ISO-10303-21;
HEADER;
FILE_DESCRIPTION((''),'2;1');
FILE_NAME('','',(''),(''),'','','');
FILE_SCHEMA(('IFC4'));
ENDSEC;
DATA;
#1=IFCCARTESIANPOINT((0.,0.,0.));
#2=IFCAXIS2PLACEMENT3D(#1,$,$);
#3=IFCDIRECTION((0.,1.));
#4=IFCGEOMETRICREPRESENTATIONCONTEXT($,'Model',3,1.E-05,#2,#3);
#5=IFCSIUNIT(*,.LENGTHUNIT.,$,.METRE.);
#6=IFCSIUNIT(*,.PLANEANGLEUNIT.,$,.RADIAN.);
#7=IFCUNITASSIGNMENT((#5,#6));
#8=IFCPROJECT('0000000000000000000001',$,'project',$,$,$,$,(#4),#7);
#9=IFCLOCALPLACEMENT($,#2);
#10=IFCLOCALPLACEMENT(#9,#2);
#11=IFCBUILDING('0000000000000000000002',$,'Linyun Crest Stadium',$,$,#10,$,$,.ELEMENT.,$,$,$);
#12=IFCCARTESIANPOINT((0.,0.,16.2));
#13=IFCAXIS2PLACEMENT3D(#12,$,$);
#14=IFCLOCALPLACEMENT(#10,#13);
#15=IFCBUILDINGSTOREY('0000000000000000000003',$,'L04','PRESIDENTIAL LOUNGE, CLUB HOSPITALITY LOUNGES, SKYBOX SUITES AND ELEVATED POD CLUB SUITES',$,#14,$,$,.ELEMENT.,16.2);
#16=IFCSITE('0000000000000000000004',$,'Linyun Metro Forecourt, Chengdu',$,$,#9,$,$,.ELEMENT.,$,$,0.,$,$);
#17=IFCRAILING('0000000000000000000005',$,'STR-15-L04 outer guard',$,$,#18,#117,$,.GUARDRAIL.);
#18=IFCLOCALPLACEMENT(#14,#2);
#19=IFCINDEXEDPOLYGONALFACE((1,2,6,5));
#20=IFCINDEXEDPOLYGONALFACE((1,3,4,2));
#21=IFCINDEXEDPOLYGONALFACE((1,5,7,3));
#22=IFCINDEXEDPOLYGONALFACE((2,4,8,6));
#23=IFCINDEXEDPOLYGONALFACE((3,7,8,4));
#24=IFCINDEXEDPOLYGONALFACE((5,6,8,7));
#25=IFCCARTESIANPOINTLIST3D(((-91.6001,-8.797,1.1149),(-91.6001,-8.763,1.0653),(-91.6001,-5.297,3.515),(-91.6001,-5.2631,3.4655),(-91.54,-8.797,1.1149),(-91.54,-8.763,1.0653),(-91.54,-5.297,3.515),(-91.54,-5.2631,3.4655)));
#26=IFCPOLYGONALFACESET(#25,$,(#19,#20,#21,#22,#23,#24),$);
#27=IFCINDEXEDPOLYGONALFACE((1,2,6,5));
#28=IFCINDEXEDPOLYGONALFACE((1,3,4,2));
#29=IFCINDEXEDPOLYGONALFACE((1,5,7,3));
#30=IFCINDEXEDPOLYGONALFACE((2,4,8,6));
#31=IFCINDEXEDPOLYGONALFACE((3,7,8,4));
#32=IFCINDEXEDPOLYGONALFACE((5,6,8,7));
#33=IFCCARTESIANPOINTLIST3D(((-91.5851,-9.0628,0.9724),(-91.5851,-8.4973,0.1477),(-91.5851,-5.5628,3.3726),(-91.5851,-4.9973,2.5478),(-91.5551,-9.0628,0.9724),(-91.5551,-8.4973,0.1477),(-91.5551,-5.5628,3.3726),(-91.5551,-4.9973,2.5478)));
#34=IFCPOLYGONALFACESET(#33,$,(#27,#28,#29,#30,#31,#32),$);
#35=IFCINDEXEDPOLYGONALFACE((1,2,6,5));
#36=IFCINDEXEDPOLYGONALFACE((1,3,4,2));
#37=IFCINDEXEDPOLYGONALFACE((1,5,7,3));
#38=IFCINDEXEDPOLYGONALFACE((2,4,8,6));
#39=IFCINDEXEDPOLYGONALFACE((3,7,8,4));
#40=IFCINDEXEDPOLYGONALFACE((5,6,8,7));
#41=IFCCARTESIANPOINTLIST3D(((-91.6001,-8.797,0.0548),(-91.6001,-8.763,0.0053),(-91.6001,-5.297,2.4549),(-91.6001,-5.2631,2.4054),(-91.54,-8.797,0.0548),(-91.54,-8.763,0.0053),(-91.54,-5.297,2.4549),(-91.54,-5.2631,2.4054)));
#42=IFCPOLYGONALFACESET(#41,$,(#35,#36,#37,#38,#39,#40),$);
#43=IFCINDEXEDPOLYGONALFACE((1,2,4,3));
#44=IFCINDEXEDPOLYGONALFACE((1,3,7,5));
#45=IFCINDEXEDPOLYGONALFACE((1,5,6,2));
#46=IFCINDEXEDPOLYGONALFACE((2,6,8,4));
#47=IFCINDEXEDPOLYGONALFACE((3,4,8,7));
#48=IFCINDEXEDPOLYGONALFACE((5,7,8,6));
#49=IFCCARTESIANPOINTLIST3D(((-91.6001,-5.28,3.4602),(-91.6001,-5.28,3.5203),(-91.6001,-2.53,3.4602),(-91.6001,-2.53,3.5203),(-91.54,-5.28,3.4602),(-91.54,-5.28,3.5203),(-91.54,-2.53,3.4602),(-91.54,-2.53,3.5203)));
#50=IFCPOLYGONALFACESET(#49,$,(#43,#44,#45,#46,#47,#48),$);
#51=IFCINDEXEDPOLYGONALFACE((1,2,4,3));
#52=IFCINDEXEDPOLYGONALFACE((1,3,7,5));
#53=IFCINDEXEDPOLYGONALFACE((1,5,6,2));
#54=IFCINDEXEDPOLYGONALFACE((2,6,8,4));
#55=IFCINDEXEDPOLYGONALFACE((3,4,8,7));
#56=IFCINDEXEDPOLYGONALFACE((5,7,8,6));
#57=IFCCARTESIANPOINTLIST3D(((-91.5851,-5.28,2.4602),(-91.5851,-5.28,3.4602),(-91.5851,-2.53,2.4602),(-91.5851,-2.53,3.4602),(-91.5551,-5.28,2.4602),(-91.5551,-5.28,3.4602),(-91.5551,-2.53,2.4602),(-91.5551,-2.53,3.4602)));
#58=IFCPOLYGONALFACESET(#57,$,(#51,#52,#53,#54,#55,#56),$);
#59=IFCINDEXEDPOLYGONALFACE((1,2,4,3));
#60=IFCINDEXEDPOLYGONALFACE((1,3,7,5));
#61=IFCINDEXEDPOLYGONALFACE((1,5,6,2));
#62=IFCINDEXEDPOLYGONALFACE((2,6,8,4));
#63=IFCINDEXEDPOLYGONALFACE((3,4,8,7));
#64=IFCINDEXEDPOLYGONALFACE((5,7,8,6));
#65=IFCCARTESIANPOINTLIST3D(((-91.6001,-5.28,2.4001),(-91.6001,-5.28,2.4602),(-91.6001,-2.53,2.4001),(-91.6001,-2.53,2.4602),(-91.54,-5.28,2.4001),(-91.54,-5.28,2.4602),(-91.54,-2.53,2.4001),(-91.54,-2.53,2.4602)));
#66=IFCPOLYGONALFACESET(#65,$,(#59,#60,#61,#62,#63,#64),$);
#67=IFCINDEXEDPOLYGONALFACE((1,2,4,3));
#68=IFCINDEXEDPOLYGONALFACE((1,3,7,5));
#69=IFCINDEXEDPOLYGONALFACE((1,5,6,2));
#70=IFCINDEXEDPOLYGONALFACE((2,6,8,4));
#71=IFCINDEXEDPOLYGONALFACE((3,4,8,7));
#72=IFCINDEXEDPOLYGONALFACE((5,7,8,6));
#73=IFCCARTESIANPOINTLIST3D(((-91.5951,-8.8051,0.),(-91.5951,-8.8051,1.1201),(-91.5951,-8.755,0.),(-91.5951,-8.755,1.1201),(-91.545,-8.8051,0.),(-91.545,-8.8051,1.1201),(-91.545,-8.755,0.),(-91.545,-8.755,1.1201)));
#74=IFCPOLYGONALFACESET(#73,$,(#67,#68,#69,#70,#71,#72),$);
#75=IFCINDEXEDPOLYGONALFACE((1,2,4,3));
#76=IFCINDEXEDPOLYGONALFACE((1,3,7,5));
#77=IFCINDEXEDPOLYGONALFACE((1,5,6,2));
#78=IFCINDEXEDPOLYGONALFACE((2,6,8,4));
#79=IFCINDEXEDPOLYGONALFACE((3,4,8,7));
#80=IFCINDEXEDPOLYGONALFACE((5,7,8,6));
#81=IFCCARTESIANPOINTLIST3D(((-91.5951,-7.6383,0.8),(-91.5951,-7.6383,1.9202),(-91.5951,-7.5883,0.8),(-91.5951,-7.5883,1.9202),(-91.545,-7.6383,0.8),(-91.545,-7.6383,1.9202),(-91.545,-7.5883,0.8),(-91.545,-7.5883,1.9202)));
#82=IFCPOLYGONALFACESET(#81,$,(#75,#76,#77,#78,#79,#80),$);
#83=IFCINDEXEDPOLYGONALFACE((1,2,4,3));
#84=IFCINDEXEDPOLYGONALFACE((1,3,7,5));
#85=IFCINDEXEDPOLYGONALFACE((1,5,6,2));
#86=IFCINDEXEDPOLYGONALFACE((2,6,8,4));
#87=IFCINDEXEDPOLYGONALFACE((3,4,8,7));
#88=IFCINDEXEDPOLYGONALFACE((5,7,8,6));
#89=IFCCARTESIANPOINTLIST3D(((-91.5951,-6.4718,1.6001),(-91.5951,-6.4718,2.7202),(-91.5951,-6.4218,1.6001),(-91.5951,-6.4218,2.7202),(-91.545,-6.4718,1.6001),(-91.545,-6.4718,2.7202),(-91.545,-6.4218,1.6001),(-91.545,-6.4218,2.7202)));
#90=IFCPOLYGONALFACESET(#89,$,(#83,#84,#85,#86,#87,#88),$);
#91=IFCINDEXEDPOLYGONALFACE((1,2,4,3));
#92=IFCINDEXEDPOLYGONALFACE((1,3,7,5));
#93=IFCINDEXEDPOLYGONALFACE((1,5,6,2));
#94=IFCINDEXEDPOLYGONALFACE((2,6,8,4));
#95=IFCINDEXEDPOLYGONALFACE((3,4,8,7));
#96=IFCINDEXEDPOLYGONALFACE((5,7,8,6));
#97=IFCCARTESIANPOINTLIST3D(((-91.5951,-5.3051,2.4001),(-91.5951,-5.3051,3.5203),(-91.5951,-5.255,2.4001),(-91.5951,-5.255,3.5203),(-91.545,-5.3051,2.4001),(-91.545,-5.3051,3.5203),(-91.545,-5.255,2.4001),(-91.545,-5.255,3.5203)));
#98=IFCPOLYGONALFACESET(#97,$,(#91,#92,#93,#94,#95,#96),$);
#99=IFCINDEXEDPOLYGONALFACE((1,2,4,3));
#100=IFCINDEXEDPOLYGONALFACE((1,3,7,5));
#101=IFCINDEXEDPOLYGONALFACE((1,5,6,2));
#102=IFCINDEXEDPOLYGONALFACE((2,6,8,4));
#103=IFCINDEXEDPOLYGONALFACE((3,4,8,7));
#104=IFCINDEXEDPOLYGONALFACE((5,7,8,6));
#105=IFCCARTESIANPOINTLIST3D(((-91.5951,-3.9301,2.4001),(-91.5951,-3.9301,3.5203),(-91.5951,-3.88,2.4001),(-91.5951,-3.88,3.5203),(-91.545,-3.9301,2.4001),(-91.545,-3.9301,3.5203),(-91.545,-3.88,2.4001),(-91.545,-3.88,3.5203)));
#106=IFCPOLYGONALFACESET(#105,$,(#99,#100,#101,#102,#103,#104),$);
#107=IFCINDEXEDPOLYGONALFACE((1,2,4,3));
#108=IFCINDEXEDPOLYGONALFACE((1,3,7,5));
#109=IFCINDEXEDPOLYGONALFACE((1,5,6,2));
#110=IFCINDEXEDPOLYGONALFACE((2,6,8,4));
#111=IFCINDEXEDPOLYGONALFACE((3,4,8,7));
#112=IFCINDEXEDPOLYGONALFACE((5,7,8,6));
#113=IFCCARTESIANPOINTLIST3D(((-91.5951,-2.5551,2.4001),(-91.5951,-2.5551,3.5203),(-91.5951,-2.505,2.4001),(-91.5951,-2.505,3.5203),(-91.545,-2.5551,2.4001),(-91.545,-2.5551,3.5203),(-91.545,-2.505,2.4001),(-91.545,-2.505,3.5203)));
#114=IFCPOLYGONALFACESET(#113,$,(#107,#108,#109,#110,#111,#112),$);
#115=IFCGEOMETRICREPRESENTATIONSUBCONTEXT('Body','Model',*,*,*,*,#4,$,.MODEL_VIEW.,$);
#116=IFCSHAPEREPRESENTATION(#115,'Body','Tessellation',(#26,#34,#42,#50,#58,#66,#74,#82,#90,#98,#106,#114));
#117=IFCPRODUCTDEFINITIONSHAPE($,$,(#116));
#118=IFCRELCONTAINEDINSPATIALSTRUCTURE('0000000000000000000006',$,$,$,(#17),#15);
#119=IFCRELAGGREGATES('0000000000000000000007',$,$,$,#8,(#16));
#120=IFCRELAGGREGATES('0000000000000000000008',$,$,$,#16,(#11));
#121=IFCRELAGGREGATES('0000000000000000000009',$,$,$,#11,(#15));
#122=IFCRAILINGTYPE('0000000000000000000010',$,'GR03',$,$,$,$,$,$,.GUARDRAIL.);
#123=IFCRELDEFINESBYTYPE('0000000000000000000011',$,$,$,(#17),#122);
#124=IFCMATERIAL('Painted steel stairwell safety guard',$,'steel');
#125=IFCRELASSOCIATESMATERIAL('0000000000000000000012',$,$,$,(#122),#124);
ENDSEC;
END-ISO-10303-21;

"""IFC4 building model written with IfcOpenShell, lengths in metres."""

from ifc_helpers import new_model, si_unit, direction, frame, origin, origin_2d, place, context, subcontext, project, spatial, rectangle, extrude, material, type_object, element, save


model = new_model("IFC4")

# Units and contexts
model_context = context("Model", 3, precision=1e-05, world=origin(), true_north=direction((0.0, 1.0)))
body_context = subcontext(model_context, "Body", "Model", "MODEL_VIEW")
ifc_project = project(units=[si_unit("LENGTHUNIT", "METRE"), si_unit("PLANEANGLEUNIT", "RADIAN")], contexts=[model_context])

# Site, building, storey
site_placement = place(None, origin())
site = spatial("IfcSite", under=ifc_project, at=site_placement, Name="Linyun Metro Forecourt, Chengdu", CompositionType="ELEMENT", RefElevation=0.0)
building_placement = place(site_placement, origin())
building = spatial("IfcBuilding", under=site, at=building_placement, Name="Linyun Crest Stadium", CompositionType="ELEMENT")
storey_placement = place(building_placement, frame((0.0, 0.0, 16.2)))
storey = spatial("IfcBuildingStorey", under=building, at=storey_placement, Name="L04", Description="PRESIDENTIAL LOUNGE, CLUB HOSPITALITY LOUNGES, SKYBOX SUITES AND ELEVATED POD CLUB SUITES", CompositionType="ELEMENT", Elevation=16.2)

# Railing
ifc_material_1 = material(Name="Painted steel stairwell safety guard", Category="steel")
railing_type_1 = type_object("IfcRailingType", Name="GR03", PredefinedType="GUARDRAIL", material=ifc_material_1)
railing_1_placement = place(storey_placement, frame((-91.5701, -8.78, 0.0)))
element("IfcRailing", 1, at=railing_1_placement, inside=storey, type_object=railing_type_1, Name="STR-15-L04 outer guard", PredefinedType="GUARDRAIL", context=body_context, shape_type="SweptSolid", body=[
    extrude(rectangle(XDim=0.0601, YDim=0.0601, at=origin_2d()), frame((0.0, 0.0, 1.0901), z_axis=(0.0, 0.824713, 0.565552), x_axis=(-1.0, 0.0, 0.0)), (0.0, 0.0, 1.0), 4.2439),
    extrude(rectangle(XDim=0.03, YDim=1.0, at=origin_2d()), frame((0.0, 0.0, 0.5601), z_axis=(0.0, 0.824713, 0.565552), x_axis=(-1.0, 0.0, 0.0)), (0.0, 0.0, 1.0), 4.2439),
    extrude(rectangle(XDim=0.0601, YDim=0.0601, at=origin_2d()), frame((0.0, 0.0, 0.03), z_axis=(0.0, 0.824713, 0.565552), x_axis=(-1.0, 0.0, 0.0)), (0.0, 0.0, 1.0), 4.2439),
    extrude(rectangle(XDim=0.0601, YDim=0.0601, at=origin_2d()), frame((0.0, 3.5, 3.4902), z_axis=(0.0, 1.0, 0.0), x_axis=(-1.0, 0.0, 0.0)), (0.0, 0.0, 1.0), 2.75),
    extrude(rectangle(XDim=0.03, YDim=1.0, at=origin_2d()), frame((0.0, 3.5, 2.9602), z_axis=(0.0, 1.0, 0.0), x_axis=(-1.0, 0.0, 0.0)), (0.0, 0.0, 1.0), 2.75),
    extrude(rectangle(XDim=0.0601, YDim=0.0601, at=origin_2d()), frame((0.0, 3.5, 2.4302), z_axis=(0.0, 1.0, 0.0), x_axis=(-1.0, 0.0, 0.0)), (0.0, 0.0, 1.0), 2.75),
    extrude(rectangle(XDim=0.05, YDim=0.05, at=origin_2d()), origin(), (0.0, 0.0, 1.0), 1.1201),
    extrude(rectangle(XDim=0.05, YDim=0.05, at=origin_2d()), frame((0.0, 1.1667, 0.8)), (0.0, 0.0, 1.0), 1.1201),
    extrude(rectangle(XDim=0.05, YDim=0.05, at=origin_2d()), frame((0.0, 2.3333, 1.6001)), (0.0, 0.0, 1.0), 1.1201),
    extrude(rectangle(XDim=0.05, YDim=0.05, at=origin_2d()), frame((0.0, 3.5, 2.4001)), (0.0, 0.0, 1.0), 1.1201),
    extrude(rectangle(XDim=0.05, YDim=0.05, at=origin_2d()), frame((0.0, 4.875, 2.4001)), (0.0, 0.0, 1.0), 1.1201),
    extrude(rectangle(XDim=0.05, YDim=0.05, at=origin_2d()), frame((0.0, 6.25, 2.4001)), (0.0, 0.0, 1.0), 1.1201),
])

save(model, "model.ifc")
